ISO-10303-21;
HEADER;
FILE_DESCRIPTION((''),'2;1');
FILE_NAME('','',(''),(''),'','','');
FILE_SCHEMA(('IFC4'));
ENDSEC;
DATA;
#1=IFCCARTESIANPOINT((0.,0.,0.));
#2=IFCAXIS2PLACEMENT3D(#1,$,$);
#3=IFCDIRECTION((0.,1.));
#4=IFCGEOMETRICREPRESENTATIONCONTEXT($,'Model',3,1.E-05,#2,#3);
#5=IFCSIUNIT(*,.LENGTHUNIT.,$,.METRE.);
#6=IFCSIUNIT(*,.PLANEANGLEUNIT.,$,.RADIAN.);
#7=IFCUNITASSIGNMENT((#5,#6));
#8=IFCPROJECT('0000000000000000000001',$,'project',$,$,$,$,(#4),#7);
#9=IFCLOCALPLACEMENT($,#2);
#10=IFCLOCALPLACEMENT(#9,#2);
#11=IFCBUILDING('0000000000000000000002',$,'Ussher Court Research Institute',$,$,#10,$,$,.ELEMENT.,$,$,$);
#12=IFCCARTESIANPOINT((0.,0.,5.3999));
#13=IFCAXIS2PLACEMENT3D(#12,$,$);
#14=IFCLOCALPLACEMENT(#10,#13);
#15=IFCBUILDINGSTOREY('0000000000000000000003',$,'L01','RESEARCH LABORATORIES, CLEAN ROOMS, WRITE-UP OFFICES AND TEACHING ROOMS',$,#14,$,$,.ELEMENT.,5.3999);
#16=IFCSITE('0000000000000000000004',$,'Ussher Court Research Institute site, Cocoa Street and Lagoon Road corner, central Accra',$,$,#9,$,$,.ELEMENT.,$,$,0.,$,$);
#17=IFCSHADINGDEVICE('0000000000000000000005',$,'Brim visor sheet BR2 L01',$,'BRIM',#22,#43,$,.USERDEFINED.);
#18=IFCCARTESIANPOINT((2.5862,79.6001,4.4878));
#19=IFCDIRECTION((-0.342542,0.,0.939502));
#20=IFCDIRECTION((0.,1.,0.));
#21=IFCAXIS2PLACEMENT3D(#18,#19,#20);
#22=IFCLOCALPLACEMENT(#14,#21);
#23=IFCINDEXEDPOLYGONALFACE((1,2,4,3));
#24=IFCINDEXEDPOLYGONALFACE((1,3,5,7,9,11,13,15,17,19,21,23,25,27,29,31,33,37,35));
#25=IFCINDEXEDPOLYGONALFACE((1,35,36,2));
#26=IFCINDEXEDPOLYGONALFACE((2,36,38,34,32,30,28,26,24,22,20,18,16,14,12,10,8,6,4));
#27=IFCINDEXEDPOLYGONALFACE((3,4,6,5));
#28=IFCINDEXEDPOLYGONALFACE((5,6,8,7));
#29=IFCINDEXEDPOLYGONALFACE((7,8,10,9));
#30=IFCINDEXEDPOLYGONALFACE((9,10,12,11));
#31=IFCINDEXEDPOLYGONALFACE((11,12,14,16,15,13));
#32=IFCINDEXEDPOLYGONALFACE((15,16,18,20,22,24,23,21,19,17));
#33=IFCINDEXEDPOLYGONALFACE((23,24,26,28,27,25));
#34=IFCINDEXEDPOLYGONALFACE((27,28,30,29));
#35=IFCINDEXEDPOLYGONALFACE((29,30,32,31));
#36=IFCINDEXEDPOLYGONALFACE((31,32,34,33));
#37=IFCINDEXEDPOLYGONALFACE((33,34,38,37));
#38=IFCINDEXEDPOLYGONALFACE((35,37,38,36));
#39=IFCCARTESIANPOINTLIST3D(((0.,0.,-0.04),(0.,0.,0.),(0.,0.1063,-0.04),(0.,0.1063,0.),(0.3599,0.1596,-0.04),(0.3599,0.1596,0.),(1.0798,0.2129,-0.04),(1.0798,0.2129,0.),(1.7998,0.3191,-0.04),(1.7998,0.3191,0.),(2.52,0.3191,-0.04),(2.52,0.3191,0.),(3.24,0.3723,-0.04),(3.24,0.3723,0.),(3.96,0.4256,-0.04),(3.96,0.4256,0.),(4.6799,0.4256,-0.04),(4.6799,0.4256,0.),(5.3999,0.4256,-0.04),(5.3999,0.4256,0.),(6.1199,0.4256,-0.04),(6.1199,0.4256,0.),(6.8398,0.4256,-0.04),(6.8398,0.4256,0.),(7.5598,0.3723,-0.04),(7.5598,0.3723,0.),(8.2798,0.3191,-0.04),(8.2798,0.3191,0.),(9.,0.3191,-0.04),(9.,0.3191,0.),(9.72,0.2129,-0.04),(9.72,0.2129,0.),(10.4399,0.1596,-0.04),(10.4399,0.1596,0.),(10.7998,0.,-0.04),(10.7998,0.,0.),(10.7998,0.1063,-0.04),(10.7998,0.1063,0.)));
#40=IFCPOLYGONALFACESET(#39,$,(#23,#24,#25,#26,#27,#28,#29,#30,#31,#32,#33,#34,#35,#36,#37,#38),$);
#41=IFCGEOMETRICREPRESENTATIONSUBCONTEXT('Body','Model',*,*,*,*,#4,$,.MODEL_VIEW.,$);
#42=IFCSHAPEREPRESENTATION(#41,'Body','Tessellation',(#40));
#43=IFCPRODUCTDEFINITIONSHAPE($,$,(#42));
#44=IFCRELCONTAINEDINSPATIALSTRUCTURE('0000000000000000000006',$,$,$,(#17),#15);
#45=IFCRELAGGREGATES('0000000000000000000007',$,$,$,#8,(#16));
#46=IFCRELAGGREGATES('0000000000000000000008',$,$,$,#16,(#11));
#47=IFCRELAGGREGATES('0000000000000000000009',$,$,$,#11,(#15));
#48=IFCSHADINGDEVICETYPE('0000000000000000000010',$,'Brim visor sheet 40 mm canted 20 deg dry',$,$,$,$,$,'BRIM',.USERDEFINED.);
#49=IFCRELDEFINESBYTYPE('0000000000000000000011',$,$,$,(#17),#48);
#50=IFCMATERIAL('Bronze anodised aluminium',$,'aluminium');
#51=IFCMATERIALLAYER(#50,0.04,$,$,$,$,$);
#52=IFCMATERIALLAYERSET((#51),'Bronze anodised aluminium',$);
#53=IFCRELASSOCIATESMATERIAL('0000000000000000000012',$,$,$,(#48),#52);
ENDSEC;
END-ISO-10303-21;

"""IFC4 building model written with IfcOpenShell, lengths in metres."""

from ifc_helpers import new_model, si_unit, direction, frame, origin, place, context, subcontext, project, spatial, polyline, outline, extrude, material, layer, layer_set, type_object, element, save


model = new_model("IFC4")

# Units and contexts
model_context = context("Model", 3, precision=1e-05, world=origin(), true_north=direction((0.0, 1.0)))
body_context = subcontext(model_context, "Body", "Model", "MODEL_VIEW")
ifc_project = project(units=[si_unit("LENGTHUNIT", "METRE"), si_unit("PLANEANGLEUNIT", "RADIAN")], contexts=[model_context])

# Site, building, storey
site_placement = place(None, origin())
site = spatial("IfcSite", under=ifc_project, at=site_placement, Name="Ussher Court Research Institute site, Cocoa Street and Lagoon Road corner, central Accra", CompositionType="ELEMENT", RefElevation=0.0)
building_placement = place(site_placement, origin())
building = spatial("IfcBuilding", under=site, at=building_placement, Name="Ussher Court Research Institute", CompositionType="ELEMENT")
storey_placement = place(building_placement, frame((0.0, 0.0, 5.3999)))
storey = spatial("IfcBuildingStorey", under=building, at=storey_placement, Name="L01", Description="RESEARCH LABORATORIES, CLEAN ROOMS, WRITE-UP OFFICES AND TEACHING ROOMS", CompositionType="ELEMENT", Elevation=5.3999)

# Shading device
ifc_material_1 = material(Name="Bronze anodised aluminium", Category="aluminium")
ifc_layer_1 = layer(ifc_material_1, 0.04)
ifc_layer_set_1 = layer_set([ifc_layer_1], Name="Bronze anodised aluminium")
shading_device_type_1 = type_object("IfcShadingDeviceType", Name="Brim visor sheet 40 mm canted 20 deg dry", ElementType="BRIM", PredefinedType="USERDEFINED", material=ifc_layer_set_1)
shading_device_1_placement = place(storey_placement, frame((2.5862, 79.6001, 4.4878), z_axis=(-0.342542, 0.0, 0.939502), x_axis=(0.0, 1.0, 0.0)))
element("IfcShadingDevice", 1, at=shading_device_1_placement, inside=storey, type_object=shading_device_type_1, Name="Brim visor sheet BR2 L01", ObjectType="BRIM", PredefinedType="USERDEFINED", context=body_context, shape_type="SweptSolid", body=[
    extrude(outline(polyline([(0.0, 0.0), (10.7998, 0.0), (10.7998, 0.1063), (10.4399, 0.1596), (9.72, 0.2129), (9.0, 0.3191), (8.2798, 0.3191), (7.5598, 0.3723), (6.8398, 0.4256), (6.1199, 0.4256), (5.3999, 0.4256), (4.6799, 0.4256), (3.96, 0.4256), (3.24, 0.3723), (2.52, 0.3191), (1.7998, 0.3191), (1.0798, 0.2129), (0.3599, 0.1596), (0.0, 0.1063), (0.0, 0.0)])), origin(), (0.0, 0.0, -1.0), 0.04),
])

save(model, "model.ifc")
